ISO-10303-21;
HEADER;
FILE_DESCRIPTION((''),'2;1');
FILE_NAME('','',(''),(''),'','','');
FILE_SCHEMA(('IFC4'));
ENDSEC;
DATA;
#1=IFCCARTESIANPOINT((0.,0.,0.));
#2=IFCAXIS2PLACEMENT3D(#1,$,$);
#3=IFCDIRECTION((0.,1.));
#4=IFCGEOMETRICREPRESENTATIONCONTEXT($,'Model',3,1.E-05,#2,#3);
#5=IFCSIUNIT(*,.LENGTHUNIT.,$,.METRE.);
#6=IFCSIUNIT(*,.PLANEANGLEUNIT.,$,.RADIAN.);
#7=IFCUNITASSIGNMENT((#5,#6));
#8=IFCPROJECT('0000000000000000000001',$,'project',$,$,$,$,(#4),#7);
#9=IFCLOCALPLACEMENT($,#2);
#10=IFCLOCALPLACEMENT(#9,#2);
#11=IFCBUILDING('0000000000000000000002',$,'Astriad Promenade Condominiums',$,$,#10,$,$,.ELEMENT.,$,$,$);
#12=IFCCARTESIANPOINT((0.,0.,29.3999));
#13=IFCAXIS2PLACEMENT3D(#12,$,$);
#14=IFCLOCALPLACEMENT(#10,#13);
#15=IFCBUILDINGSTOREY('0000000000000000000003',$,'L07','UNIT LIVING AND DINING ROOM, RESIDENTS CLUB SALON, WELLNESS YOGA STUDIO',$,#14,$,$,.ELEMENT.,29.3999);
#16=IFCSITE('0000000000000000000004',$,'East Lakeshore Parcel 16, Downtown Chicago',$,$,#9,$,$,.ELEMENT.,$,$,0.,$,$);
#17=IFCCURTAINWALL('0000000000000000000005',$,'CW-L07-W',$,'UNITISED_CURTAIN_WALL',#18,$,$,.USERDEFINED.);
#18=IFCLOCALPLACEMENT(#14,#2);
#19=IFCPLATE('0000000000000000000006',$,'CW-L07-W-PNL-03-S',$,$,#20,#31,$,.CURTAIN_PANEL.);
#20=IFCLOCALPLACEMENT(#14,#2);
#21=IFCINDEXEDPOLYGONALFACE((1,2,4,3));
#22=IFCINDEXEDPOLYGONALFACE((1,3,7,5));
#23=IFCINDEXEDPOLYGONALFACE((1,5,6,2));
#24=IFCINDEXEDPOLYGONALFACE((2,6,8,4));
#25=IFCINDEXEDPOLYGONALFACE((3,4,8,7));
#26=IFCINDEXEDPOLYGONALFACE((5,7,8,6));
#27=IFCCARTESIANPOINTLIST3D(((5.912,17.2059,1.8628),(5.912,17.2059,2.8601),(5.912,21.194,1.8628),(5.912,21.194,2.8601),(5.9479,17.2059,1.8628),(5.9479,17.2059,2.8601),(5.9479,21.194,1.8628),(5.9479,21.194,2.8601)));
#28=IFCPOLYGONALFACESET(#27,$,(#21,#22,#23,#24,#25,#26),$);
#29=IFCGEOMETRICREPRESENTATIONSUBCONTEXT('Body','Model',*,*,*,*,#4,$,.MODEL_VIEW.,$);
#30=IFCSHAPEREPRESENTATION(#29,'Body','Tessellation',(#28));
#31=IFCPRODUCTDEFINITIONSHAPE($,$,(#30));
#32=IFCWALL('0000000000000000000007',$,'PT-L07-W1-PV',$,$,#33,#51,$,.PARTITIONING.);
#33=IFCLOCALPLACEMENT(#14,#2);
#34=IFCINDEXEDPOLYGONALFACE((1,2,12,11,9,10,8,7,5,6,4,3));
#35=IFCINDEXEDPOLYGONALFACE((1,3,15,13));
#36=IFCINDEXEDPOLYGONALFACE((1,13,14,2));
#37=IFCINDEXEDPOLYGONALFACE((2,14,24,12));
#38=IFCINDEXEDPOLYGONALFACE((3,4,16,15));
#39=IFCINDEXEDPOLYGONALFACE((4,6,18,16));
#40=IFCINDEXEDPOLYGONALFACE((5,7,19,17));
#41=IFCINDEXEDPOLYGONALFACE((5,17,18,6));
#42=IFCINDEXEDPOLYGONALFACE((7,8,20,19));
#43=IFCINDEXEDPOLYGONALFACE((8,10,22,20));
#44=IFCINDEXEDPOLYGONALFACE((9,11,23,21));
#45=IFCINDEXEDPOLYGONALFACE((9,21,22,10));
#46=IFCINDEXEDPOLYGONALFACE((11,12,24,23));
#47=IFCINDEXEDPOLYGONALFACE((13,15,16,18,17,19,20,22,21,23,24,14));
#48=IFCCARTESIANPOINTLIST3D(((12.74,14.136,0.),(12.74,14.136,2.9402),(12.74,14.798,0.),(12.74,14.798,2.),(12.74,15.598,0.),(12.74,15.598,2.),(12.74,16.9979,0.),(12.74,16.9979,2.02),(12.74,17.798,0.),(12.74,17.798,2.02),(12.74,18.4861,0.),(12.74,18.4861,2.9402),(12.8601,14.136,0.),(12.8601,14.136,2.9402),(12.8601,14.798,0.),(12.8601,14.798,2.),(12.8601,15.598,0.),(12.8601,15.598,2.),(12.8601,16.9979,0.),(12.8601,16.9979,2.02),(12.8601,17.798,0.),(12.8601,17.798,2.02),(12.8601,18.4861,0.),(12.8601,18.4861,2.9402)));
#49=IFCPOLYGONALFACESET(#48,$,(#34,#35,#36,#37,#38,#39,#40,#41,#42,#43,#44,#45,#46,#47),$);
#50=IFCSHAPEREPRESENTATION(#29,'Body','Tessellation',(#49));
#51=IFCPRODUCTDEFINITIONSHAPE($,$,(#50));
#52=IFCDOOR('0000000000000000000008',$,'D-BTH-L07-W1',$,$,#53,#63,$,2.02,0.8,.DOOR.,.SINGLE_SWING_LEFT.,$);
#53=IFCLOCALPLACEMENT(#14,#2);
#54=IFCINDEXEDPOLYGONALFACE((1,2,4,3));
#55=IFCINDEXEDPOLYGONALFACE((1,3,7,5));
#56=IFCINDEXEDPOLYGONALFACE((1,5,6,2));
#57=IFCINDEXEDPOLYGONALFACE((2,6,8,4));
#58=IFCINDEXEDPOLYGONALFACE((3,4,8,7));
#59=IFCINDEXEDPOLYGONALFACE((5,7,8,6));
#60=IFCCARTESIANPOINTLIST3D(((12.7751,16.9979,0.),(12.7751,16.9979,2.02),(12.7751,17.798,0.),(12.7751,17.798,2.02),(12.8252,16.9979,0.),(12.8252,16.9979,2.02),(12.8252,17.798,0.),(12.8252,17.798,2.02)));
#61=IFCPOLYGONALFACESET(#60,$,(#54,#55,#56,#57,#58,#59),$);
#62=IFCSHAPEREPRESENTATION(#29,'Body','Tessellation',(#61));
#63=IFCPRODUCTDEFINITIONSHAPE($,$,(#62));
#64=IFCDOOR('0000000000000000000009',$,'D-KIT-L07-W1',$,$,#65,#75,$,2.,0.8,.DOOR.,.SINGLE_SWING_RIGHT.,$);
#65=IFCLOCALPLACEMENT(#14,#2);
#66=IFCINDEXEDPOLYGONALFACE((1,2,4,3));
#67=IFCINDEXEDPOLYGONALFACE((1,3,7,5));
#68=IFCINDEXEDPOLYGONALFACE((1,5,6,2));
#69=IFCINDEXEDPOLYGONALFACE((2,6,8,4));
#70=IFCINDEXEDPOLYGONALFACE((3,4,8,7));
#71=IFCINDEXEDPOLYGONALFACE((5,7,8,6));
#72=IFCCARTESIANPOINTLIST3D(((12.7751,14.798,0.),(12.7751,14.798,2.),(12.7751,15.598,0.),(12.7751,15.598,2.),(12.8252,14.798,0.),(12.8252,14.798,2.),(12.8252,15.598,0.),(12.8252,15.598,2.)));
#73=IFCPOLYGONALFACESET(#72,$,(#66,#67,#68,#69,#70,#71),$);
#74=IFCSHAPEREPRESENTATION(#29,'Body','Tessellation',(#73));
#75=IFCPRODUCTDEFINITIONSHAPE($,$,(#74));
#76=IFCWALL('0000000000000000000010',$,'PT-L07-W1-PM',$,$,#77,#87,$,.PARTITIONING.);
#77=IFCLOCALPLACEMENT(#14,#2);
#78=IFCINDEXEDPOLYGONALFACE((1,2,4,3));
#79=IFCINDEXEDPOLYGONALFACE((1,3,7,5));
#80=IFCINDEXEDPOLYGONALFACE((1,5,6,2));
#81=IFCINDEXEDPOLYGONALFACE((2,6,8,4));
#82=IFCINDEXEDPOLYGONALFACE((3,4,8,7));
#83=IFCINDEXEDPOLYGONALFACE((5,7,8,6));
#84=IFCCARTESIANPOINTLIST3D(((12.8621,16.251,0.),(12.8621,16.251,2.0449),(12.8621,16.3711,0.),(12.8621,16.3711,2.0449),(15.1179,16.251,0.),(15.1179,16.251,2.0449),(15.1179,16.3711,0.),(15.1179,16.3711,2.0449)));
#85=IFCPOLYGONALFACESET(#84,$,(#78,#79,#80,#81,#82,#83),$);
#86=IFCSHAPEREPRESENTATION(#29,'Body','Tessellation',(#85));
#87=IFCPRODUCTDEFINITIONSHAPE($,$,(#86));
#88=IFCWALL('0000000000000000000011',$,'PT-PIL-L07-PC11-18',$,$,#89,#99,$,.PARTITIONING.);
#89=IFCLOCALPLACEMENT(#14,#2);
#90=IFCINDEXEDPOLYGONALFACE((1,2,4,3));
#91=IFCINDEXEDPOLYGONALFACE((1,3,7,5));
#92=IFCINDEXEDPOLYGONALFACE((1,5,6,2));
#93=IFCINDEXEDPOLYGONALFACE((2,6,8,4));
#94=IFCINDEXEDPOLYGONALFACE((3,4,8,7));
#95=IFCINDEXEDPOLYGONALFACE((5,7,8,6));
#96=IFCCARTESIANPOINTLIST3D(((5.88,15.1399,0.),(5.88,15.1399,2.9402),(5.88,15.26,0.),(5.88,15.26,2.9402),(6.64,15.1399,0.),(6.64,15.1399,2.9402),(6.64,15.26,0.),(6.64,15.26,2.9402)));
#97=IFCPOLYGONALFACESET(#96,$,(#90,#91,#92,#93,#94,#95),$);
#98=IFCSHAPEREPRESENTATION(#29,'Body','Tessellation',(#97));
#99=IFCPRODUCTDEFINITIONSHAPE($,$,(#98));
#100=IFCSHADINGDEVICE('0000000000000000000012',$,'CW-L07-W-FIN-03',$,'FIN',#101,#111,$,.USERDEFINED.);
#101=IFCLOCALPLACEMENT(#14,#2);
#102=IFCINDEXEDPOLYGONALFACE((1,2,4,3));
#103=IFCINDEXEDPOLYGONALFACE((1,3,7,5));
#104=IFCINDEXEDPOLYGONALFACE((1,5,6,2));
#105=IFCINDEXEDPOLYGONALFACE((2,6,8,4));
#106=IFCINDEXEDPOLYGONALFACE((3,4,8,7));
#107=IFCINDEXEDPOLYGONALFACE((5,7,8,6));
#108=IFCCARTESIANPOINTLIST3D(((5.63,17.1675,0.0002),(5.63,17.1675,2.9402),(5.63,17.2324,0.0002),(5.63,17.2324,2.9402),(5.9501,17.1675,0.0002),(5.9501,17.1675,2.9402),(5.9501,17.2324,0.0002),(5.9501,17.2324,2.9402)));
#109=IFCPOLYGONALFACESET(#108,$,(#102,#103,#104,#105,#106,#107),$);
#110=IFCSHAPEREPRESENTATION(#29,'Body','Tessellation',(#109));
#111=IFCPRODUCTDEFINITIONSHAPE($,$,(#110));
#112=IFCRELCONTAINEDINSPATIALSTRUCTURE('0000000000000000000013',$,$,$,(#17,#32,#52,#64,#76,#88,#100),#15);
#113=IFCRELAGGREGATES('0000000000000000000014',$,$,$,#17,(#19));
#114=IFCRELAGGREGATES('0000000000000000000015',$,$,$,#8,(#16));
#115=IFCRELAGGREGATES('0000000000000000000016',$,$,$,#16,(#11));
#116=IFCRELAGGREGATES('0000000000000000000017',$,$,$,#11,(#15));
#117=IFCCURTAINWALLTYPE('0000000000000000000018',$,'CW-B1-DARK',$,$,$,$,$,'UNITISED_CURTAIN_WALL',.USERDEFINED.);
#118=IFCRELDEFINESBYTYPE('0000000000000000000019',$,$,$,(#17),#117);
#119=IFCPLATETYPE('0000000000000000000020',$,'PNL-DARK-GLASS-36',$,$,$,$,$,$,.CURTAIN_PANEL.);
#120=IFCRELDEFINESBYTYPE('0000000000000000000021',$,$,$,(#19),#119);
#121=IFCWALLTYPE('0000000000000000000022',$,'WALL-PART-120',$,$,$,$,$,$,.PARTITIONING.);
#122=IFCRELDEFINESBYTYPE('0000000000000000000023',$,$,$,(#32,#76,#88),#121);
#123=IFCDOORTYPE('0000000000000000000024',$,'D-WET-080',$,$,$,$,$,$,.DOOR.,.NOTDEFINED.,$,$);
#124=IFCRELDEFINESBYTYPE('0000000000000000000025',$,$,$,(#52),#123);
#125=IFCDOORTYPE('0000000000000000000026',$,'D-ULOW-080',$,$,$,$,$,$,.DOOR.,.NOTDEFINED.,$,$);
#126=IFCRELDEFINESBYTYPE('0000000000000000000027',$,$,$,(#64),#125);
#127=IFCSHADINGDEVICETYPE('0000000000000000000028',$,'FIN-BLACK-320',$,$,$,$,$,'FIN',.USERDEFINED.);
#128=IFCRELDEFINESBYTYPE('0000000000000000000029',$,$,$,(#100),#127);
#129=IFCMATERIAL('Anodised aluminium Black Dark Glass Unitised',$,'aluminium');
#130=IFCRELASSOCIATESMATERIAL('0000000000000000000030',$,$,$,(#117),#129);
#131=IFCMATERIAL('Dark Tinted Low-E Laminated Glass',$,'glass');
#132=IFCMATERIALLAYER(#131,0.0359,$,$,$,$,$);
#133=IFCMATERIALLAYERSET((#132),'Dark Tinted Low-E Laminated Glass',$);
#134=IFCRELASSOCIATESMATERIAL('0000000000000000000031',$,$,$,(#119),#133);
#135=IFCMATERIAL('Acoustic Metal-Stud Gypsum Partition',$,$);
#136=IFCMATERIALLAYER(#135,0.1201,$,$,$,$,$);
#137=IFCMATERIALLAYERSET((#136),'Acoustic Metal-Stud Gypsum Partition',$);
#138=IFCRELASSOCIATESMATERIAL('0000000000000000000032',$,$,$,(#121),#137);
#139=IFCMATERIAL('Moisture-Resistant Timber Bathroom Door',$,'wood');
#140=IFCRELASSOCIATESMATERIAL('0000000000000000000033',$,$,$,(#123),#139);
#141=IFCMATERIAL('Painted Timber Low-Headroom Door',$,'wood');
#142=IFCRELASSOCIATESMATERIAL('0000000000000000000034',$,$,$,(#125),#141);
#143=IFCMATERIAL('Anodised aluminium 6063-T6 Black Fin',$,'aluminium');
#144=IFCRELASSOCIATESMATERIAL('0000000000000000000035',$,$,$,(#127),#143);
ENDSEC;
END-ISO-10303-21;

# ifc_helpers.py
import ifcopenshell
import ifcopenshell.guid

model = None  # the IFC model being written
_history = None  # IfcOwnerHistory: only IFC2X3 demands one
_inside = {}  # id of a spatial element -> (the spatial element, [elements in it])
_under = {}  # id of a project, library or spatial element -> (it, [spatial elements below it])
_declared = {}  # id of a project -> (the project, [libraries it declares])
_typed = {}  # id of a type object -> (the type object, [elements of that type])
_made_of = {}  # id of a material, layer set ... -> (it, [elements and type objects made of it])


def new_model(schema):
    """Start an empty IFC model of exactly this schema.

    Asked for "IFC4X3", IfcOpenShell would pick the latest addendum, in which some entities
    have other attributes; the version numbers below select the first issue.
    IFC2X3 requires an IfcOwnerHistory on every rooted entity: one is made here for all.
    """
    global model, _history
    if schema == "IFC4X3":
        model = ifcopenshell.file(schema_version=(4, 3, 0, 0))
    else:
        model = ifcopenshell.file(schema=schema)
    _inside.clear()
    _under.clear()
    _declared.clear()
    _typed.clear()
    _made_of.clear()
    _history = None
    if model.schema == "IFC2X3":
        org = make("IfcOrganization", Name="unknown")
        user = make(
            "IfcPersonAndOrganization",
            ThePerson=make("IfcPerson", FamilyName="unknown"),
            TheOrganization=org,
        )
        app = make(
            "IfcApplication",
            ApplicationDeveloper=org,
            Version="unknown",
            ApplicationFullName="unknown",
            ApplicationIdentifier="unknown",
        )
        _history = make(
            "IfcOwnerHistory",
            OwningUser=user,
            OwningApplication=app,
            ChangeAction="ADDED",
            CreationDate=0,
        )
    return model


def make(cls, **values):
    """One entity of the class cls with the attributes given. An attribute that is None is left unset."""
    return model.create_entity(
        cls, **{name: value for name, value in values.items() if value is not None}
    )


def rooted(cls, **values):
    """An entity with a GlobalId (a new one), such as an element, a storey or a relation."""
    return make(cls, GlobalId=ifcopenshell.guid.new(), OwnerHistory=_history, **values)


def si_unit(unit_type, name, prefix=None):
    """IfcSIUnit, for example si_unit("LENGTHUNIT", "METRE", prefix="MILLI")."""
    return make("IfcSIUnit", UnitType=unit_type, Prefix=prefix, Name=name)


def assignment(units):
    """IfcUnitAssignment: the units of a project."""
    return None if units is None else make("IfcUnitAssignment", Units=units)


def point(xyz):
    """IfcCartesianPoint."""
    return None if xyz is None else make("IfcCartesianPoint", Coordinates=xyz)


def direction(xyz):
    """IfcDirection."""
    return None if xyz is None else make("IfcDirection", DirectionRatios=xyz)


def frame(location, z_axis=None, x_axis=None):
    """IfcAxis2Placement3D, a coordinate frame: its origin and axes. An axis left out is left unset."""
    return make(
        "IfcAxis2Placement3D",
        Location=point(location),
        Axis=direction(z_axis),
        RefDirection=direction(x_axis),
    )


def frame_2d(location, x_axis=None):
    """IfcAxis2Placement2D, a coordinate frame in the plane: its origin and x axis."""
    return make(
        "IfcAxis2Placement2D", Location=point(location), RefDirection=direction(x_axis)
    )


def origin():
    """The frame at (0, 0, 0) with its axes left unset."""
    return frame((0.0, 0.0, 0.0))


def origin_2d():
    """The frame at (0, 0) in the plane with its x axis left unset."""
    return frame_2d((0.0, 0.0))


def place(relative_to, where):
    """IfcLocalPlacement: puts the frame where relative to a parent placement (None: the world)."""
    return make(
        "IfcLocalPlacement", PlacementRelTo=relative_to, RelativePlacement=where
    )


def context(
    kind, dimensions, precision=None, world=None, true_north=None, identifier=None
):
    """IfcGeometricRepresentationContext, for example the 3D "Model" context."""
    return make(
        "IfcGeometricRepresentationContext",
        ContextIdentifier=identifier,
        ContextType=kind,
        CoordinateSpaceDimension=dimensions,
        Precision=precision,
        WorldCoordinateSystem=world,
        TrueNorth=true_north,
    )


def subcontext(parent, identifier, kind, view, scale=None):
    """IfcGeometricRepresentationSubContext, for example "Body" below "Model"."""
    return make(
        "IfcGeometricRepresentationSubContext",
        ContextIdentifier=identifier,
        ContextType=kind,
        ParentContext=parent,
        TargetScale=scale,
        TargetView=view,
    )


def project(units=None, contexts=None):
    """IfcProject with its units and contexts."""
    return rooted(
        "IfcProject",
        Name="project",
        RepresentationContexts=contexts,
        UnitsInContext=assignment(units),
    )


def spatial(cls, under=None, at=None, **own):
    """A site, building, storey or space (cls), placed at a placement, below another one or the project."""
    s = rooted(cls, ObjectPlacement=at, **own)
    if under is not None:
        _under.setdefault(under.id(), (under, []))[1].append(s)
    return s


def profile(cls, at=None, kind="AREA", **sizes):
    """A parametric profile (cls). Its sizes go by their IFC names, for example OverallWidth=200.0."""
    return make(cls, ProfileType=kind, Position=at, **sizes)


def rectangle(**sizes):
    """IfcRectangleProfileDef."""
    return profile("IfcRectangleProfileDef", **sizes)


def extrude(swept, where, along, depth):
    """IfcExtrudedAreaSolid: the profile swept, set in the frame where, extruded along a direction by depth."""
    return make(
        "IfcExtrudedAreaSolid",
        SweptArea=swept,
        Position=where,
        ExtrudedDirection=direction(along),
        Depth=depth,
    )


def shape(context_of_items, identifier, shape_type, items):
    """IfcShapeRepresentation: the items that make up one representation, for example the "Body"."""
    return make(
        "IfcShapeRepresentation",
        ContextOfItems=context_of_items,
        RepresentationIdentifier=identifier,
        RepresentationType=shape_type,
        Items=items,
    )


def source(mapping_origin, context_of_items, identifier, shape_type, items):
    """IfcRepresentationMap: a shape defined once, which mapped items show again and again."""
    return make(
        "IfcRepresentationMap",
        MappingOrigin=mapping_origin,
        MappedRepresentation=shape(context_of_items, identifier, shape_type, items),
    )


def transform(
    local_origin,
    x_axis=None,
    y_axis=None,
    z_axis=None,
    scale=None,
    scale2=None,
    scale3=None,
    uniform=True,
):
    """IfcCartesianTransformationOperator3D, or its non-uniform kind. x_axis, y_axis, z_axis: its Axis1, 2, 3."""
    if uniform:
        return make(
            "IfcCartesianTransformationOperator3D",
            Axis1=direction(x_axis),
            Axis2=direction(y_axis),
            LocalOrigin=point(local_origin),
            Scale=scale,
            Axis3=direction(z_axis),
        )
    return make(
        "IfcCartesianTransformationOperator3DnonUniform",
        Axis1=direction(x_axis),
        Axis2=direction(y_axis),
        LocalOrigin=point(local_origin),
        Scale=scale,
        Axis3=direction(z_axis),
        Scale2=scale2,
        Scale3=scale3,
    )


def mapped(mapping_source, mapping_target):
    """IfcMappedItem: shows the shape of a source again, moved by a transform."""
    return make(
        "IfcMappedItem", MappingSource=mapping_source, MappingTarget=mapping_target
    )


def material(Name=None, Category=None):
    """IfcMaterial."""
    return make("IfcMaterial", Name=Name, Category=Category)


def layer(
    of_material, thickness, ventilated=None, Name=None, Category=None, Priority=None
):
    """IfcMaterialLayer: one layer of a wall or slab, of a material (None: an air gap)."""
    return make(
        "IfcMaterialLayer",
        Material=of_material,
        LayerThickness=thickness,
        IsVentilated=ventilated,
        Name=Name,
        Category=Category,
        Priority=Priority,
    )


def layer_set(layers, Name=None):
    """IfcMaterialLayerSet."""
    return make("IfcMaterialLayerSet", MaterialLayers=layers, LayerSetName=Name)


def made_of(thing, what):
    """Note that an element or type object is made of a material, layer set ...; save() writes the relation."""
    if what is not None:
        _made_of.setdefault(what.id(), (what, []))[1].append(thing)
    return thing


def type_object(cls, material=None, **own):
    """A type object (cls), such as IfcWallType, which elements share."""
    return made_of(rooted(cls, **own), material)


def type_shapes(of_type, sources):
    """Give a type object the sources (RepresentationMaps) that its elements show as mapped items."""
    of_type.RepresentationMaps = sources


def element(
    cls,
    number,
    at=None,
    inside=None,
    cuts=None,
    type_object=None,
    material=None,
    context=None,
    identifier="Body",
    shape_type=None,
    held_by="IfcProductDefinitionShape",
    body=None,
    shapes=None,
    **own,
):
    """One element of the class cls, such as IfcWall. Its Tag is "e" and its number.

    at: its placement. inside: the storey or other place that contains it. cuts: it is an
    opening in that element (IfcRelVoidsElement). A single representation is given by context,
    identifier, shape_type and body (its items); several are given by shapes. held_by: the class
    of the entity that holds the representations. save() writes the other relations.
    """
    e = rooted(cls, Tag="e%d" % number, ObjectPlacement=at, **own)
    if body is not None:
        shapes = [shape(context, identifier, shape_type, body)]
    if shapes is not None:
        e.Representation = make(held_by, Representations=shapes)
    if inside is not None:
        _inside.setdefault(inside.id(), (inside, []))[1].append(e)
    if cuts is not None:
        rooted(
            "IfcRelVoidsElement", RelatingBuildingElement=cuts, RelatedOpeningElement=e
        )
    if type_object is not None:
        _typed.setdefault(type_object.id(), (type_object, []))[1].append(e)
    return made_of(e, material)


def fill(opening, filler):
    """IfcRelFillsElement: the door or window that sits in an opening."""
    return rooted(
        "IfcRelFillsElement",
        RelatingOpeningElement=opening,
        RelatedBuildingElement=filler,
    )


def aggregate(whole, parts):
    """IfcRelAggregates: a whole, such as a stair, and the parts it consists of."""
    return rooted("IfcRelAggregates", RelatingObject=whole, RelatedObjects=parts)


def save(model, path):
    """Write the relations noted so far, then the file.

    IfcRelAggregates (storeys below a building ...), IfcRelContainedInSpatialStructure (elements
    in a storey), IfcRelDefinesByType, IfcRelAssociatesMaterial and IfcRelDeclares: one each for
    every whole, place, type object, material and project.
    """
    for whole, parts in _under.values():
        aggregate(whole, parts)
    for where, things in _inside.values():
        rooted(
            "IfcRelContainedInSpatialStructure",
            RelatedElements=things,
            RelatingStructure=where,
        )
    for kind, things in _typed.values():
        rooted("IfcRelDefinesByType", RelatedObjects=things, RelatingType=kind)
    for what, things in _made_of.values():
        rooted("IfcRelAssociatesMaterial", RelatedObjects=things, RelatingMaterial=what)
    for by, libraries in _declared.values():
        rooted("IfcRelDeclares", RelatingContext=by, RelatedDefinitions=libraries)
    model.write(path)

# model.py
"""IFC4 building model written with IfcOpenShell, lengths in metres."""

from ifc_helpers import new_model, si_unit, direction, frame, frame_2d, origin, origin_2d, place, context, subcontext, project, spatial, rectangle, extrude, source, transform, mapped, material, layer, layer_set, type_object, type_shapes, element, fill, aggregate, save


model = new_model("IFC4")

# Units and contexts
model_context = context("Model", 3, precision=1e-05, world=origin(), true_north=direction((0.0, 1.0)))
body_context = subcontext(model_context, "Body", "Model", "MODEL_VIEW")
ifc_project = project(units=[si_unit("LENGTHUNIT", "METRE"), si_unit("PLANEANGLEUNIT", "RADIAN")], contexts=[model_context])

# Site, building, storey
site_placement = place(None, origin())
site = spatial("IfcSite", under=ifc_project, at=site_placement, Name="East Lakeshore Parcel 16, Downtown Chicago", CompositionType="ELEMENT", RefElevation=0.0)
building_placement = place(site_placement, origin())
building = spatial("IfcBuilding", under=site, at=building_placement, Name="Astriad Promenade Condominiums", CompositionType="ELEMENT")
storey_placement = place(building_placement, frame((0.0, 0.0, 29.3999)))
storey = spatial("IfcBuildingStorey", under=building, at=storey_placement, Name="L07", Description="UNIT LIVING AND DINING ROOM, RESIDENTS CLUB SALON, WELLNESS YOGA STUDIO", CompositionType="ELEMENT", Elevation=29.3999)

# Curtain wall, plate
ifc_material_1 = material(Name="Anodised aluminium Black Dark Glass Unitised", Category="aluminium")
curtain_wall_type = type_object("IfcCurtainWallType", Name="CW-B1-DARK", ElementType="UNITISED_CURTAIN_WALL", PredefinedType="USERDEFINED", material=ifc_material_1)
curtain_wall_placement = place(storey_placement, origin())
curtain_wall = element("IfcCurtainWall", 1, at=curtain_wall_placement, inside=storey, type_object=curtain_wall_type, Name="CW-L07-W", ObjectType="UNITISED_CURTAIN_WALL", PredefinedType="USERDEFINED")
ifc_material_2 = material(Name="Dark Tinted Low-E Laminated Glass", Category="glass")
ifc_layer_1 = layer(ifc_material_2, 0.0359)
ifc_layer_set_1 = layer_set([ifc_layer_1], Name="Dark Tinted Low-E Laminated Glass")
plate_type = type_object("IfcPlateType", Name="PNL-DARK-GLASS-36", PredefinedType="CURTAIN_PANEL", material=ifc_layer_set_1)
shared_shape_1 = source(origin(), body_context, "Body", "SweptSolid", [
    extrude(rectangle(XDim=3.988, YDim=0.0359, at=origin_2d()), origin(), (0.0, 0.0, 1.0), 0.9973),
])
plate_1_placement = place(storey_placement, frame((5.9299, 19.2, 1.8628), z_axis=(0.0, 0.0, 1.0), x_axis=(0.0, 1.0, 0.0)))
plate_1 = element("IfcPlate", 2, at=plate_1_placement, type_object=plate_type, Name="CW-L07-W-PNL-03-S", PredefinedType="CURTAIN_PANEL", context=body_context, shape_type="MappedRepresentation", body=[
    mapped(shared_shape_1, transform((0.0, 0.0, 0.0), scale=1.0)),
])
aggregate(curtain_wall, [plate_1])

# Wall, openings, doors
ifc_material_3 = material(Name="Acoustic Metal-Stud Gypsum Partition")
ifc_layer_2 = layer(ifc_material_3, 0.1201)
ifc_layer_set_2 = layer_set([ifc_layer_2], Name="Acoustic Metal-Stud Gypsum Partition")
wall_type = type_object("IfcWallType", Name="WALL-PART-120", PredefinedType="PARTITIONING", material=ifc_layer_set_2)
wall_1_placement = place(storey_placement, frame((12.8, 14.136, 0.0), z_axis=(0.0, 0.0, 1.0), x_axis=(0.0, 1.0, 0.0)))
wall_1 = element("IfcWall", 3, at=wall_1_placement, inside=storey, type_object=wall_type, Name="PT-L07-W1-PV", PredefinedType="PARTITIONING", context=body_context, shape_type="SweptSolid", body=[
    extrude(rectangle(XDim=4.3501, YDim=0.1201, at=frame_2d((2.175, 0.0))), origin(), (0.0, 0.0, 1.0), 2.9402),
])
opening_1_placement = place(wall_1_placement, frame((0.6621, 0.0, 0.0)))
opening_1 = element("IfcOpeningElement", 4, at=opening_1_placement, cuts=wall_1, PredefinedType="OPENING", context=body_context, shape_type="SweptSolid", body=[
    extrude(rectangle(XDim=0.8, YDim=2.0, at=frame_2d((0.3999, 1.0))), frame((0.0, 0.0701, 0.0), z_axis=(0.0, -1.0, 0.0), x_axis=(1.0, 0.0, 0.0)), (0.0, 0.0, 1.0), 0.1401),
])
opening_2_placement = place(wall_1_placement, frame((2.8621, 0.0, 0.0)))
opening_2 = element("IfcOpeningElement", 5, at=opening_2_placement, cuts=wall_1, PredefinedType="OPENING", context=body_context, shape_type="SweptSolid", body=[
    extrude(rectangle(XDim=0.8, YDim=2.02, at=frame_2d((0.3999, 1.01))), frame((0.0, 0.0701, 0.0), z_axis=(0.0, -1.0, 0.0), x_axis=(1.0, 0.0, 0.0)), (0.0, 0.0, 1.0), 0.1401),
])
ifc_material_4 = material(Name="Moisture-Resistant Timber Bathroom Door", Category="wood")
door_type_1 = type_object("IfcDoorType", Name="D-WET-080", OperationType="NOTDEFINED", PredefinedType="DOOR", material=ifc_material_4)
shared_shape_2 = source(origin(), body_context, "Body", "SweptSolid", [
    extrude(rectangle(XDim=0.8, YDim=2.02, at=frame_2d((0.3999, 1.01))), frame((0.0, 0.0249, 0.0), z_axis=(0.0, -1.0, 0.0), x_axis=(1.0, 0.0, 0.0)), (0.0, 0.0, 1.0), 0.05),
])
type_shapes(door_type_1, [shared_shape_2])
door_1_placement = place(opening_2_placement, origin())
door_1 = element("IfcDoor", 6, at=door_1_placement, inside=storey, type_object=door_type_1, Name="D-BTH-L07-W1", OperationType="SINGLE_SWING_LEFT", OverallHeight=2.02, OverallWidth=0.8, PredefinedType="DOOR", context=body_context, shape_type="MappedRepresentation", body=[
    mapped(shared_shape_2, transform((0.0, 0.0, 0.0), scale=1.0)),
])
fill(opening_2, door_1)
ifc_material_5 = material(Name="Painted Timber Low-Headroom Door", Category="wood")
door_type_2 = type_object("IfcDoorType", Name="D-ULOW-080", OperationType="NOTDEFINED", PredefinedType="DOOR", material=ifc_material_5)
shared_shape_3 = source(origin(), body_context, "Body", "SweptSolid", [
    extrude(rectangle(XDim=0.8, YDim=2.0, at=frame_2d((0.3999, 1.0))), frame((0.0, 0.0249, 0.0), z_axis=(0.0, -1.0, 0.0), x_axis=(1.0, 0.0, 0.0)), (0.0, 0.0, 1.0), 0.05),
])
type_shapes(door_type_2, [shared_shape_3])
door_2_placement = place(opening_1_placement, origin())
door_2 = element("IfcDoor", 7, at=door_2_placement, inside=storey, type_object=door_type_2, Name="D-KIT-L07-W1", OperationType="SINGLE_SWING_RIGHT", OverallHeight=2.0, OverallWidth=0.8, PredefinedType="DOOR", context=body_context, shape_type="MappedRepresentation", body=[
    mapped(shared_shape_3, transform((0.0, 0.0, 0.0), scale=1.0)),
])
fill(opening_1, door_2)

# Walls
wall_2_placement = place(storey_placement, frame((12.8621, 16.311, 0.0), z_axis=(0.0, 0.0, 1.0), x_axis=(1.0, 0.0, 0.0)))
element("IfcWall", 8, at=wall_2_placement, inside=storey, type_object=wall_type, Name="PT-L07-W1-PM", PredefinedType="PARTITIONING", context=body_context, shape_type="SweptSolid", body=[
    extrude(rectangle(XDim=2.2559, YDim=0.1201, at=frame_2d((1.1279, 0.0))), origin(), (0.0, 0.0, 1.0), 2.0449),
])
wall_3_placement = place(storey_placement, frame((6.6399, 15.2, 0.0), z_axis=(0.0, 0.0, 1.0), x_axis=(-1.0, 0.0, 0.0)))
element("IfcWall", 9, at=wall_3_placement, inside=storey, type_object=wall_type, Name="PT-PIL-L07-PC11-18", PredefinedType="PARTITIONING", context=body_context, shape_type="SweptSolid", body=[
    extrude(rectangle(XDim=0.76, YDim=0.1201, at=frame_2d((0.3799, 0.0))), origin(), (0.0, 0.0, 1.0), 2.9402),
])

# Shading device
ifc_material_6 = material(Name="Anodised aluminium 6063-T6 Black Fin", Category="aluminium")
shading_device_type = type_object("IfcShadingDeviceType", Name="FIN-BLACK-320", ElementType="FIN", PredefinedType="USERDEFINED", material=ifc_material_6)
shared_shape_4 = source(origin(), body_context, "Body", "SweptSolid", [
    extrude(rectangle(XDim=0.0649, YDim=0.3201, at=origin_2d()), origin(), (0.0, 0.0, 1.0), 2.9399),
])
type_shapes(shading_device_type, [shared_shape_4])
shading_device_placement = place(storey_placement, frame((5.79, 17.2, 0.0002), z_axis=(0.0, 0.0, 1.0), x_axis=(0.0, 1.0, 0.0)))
element("IfcShadingDevice", 10, at=shading_device_placement, inside=storey, type_object=shading_device_type, Name="CW-L07-W-FIN-03", ObjectType="FIN", PredefinedType="USERDEFINED", context=body_context, shape_type="MappedRepresentation", body=[
    mapped(shared_shape_4, transform((0.0, 0.0, 0.0), scale=1.0)),
])

save(model, "model.ifc")
